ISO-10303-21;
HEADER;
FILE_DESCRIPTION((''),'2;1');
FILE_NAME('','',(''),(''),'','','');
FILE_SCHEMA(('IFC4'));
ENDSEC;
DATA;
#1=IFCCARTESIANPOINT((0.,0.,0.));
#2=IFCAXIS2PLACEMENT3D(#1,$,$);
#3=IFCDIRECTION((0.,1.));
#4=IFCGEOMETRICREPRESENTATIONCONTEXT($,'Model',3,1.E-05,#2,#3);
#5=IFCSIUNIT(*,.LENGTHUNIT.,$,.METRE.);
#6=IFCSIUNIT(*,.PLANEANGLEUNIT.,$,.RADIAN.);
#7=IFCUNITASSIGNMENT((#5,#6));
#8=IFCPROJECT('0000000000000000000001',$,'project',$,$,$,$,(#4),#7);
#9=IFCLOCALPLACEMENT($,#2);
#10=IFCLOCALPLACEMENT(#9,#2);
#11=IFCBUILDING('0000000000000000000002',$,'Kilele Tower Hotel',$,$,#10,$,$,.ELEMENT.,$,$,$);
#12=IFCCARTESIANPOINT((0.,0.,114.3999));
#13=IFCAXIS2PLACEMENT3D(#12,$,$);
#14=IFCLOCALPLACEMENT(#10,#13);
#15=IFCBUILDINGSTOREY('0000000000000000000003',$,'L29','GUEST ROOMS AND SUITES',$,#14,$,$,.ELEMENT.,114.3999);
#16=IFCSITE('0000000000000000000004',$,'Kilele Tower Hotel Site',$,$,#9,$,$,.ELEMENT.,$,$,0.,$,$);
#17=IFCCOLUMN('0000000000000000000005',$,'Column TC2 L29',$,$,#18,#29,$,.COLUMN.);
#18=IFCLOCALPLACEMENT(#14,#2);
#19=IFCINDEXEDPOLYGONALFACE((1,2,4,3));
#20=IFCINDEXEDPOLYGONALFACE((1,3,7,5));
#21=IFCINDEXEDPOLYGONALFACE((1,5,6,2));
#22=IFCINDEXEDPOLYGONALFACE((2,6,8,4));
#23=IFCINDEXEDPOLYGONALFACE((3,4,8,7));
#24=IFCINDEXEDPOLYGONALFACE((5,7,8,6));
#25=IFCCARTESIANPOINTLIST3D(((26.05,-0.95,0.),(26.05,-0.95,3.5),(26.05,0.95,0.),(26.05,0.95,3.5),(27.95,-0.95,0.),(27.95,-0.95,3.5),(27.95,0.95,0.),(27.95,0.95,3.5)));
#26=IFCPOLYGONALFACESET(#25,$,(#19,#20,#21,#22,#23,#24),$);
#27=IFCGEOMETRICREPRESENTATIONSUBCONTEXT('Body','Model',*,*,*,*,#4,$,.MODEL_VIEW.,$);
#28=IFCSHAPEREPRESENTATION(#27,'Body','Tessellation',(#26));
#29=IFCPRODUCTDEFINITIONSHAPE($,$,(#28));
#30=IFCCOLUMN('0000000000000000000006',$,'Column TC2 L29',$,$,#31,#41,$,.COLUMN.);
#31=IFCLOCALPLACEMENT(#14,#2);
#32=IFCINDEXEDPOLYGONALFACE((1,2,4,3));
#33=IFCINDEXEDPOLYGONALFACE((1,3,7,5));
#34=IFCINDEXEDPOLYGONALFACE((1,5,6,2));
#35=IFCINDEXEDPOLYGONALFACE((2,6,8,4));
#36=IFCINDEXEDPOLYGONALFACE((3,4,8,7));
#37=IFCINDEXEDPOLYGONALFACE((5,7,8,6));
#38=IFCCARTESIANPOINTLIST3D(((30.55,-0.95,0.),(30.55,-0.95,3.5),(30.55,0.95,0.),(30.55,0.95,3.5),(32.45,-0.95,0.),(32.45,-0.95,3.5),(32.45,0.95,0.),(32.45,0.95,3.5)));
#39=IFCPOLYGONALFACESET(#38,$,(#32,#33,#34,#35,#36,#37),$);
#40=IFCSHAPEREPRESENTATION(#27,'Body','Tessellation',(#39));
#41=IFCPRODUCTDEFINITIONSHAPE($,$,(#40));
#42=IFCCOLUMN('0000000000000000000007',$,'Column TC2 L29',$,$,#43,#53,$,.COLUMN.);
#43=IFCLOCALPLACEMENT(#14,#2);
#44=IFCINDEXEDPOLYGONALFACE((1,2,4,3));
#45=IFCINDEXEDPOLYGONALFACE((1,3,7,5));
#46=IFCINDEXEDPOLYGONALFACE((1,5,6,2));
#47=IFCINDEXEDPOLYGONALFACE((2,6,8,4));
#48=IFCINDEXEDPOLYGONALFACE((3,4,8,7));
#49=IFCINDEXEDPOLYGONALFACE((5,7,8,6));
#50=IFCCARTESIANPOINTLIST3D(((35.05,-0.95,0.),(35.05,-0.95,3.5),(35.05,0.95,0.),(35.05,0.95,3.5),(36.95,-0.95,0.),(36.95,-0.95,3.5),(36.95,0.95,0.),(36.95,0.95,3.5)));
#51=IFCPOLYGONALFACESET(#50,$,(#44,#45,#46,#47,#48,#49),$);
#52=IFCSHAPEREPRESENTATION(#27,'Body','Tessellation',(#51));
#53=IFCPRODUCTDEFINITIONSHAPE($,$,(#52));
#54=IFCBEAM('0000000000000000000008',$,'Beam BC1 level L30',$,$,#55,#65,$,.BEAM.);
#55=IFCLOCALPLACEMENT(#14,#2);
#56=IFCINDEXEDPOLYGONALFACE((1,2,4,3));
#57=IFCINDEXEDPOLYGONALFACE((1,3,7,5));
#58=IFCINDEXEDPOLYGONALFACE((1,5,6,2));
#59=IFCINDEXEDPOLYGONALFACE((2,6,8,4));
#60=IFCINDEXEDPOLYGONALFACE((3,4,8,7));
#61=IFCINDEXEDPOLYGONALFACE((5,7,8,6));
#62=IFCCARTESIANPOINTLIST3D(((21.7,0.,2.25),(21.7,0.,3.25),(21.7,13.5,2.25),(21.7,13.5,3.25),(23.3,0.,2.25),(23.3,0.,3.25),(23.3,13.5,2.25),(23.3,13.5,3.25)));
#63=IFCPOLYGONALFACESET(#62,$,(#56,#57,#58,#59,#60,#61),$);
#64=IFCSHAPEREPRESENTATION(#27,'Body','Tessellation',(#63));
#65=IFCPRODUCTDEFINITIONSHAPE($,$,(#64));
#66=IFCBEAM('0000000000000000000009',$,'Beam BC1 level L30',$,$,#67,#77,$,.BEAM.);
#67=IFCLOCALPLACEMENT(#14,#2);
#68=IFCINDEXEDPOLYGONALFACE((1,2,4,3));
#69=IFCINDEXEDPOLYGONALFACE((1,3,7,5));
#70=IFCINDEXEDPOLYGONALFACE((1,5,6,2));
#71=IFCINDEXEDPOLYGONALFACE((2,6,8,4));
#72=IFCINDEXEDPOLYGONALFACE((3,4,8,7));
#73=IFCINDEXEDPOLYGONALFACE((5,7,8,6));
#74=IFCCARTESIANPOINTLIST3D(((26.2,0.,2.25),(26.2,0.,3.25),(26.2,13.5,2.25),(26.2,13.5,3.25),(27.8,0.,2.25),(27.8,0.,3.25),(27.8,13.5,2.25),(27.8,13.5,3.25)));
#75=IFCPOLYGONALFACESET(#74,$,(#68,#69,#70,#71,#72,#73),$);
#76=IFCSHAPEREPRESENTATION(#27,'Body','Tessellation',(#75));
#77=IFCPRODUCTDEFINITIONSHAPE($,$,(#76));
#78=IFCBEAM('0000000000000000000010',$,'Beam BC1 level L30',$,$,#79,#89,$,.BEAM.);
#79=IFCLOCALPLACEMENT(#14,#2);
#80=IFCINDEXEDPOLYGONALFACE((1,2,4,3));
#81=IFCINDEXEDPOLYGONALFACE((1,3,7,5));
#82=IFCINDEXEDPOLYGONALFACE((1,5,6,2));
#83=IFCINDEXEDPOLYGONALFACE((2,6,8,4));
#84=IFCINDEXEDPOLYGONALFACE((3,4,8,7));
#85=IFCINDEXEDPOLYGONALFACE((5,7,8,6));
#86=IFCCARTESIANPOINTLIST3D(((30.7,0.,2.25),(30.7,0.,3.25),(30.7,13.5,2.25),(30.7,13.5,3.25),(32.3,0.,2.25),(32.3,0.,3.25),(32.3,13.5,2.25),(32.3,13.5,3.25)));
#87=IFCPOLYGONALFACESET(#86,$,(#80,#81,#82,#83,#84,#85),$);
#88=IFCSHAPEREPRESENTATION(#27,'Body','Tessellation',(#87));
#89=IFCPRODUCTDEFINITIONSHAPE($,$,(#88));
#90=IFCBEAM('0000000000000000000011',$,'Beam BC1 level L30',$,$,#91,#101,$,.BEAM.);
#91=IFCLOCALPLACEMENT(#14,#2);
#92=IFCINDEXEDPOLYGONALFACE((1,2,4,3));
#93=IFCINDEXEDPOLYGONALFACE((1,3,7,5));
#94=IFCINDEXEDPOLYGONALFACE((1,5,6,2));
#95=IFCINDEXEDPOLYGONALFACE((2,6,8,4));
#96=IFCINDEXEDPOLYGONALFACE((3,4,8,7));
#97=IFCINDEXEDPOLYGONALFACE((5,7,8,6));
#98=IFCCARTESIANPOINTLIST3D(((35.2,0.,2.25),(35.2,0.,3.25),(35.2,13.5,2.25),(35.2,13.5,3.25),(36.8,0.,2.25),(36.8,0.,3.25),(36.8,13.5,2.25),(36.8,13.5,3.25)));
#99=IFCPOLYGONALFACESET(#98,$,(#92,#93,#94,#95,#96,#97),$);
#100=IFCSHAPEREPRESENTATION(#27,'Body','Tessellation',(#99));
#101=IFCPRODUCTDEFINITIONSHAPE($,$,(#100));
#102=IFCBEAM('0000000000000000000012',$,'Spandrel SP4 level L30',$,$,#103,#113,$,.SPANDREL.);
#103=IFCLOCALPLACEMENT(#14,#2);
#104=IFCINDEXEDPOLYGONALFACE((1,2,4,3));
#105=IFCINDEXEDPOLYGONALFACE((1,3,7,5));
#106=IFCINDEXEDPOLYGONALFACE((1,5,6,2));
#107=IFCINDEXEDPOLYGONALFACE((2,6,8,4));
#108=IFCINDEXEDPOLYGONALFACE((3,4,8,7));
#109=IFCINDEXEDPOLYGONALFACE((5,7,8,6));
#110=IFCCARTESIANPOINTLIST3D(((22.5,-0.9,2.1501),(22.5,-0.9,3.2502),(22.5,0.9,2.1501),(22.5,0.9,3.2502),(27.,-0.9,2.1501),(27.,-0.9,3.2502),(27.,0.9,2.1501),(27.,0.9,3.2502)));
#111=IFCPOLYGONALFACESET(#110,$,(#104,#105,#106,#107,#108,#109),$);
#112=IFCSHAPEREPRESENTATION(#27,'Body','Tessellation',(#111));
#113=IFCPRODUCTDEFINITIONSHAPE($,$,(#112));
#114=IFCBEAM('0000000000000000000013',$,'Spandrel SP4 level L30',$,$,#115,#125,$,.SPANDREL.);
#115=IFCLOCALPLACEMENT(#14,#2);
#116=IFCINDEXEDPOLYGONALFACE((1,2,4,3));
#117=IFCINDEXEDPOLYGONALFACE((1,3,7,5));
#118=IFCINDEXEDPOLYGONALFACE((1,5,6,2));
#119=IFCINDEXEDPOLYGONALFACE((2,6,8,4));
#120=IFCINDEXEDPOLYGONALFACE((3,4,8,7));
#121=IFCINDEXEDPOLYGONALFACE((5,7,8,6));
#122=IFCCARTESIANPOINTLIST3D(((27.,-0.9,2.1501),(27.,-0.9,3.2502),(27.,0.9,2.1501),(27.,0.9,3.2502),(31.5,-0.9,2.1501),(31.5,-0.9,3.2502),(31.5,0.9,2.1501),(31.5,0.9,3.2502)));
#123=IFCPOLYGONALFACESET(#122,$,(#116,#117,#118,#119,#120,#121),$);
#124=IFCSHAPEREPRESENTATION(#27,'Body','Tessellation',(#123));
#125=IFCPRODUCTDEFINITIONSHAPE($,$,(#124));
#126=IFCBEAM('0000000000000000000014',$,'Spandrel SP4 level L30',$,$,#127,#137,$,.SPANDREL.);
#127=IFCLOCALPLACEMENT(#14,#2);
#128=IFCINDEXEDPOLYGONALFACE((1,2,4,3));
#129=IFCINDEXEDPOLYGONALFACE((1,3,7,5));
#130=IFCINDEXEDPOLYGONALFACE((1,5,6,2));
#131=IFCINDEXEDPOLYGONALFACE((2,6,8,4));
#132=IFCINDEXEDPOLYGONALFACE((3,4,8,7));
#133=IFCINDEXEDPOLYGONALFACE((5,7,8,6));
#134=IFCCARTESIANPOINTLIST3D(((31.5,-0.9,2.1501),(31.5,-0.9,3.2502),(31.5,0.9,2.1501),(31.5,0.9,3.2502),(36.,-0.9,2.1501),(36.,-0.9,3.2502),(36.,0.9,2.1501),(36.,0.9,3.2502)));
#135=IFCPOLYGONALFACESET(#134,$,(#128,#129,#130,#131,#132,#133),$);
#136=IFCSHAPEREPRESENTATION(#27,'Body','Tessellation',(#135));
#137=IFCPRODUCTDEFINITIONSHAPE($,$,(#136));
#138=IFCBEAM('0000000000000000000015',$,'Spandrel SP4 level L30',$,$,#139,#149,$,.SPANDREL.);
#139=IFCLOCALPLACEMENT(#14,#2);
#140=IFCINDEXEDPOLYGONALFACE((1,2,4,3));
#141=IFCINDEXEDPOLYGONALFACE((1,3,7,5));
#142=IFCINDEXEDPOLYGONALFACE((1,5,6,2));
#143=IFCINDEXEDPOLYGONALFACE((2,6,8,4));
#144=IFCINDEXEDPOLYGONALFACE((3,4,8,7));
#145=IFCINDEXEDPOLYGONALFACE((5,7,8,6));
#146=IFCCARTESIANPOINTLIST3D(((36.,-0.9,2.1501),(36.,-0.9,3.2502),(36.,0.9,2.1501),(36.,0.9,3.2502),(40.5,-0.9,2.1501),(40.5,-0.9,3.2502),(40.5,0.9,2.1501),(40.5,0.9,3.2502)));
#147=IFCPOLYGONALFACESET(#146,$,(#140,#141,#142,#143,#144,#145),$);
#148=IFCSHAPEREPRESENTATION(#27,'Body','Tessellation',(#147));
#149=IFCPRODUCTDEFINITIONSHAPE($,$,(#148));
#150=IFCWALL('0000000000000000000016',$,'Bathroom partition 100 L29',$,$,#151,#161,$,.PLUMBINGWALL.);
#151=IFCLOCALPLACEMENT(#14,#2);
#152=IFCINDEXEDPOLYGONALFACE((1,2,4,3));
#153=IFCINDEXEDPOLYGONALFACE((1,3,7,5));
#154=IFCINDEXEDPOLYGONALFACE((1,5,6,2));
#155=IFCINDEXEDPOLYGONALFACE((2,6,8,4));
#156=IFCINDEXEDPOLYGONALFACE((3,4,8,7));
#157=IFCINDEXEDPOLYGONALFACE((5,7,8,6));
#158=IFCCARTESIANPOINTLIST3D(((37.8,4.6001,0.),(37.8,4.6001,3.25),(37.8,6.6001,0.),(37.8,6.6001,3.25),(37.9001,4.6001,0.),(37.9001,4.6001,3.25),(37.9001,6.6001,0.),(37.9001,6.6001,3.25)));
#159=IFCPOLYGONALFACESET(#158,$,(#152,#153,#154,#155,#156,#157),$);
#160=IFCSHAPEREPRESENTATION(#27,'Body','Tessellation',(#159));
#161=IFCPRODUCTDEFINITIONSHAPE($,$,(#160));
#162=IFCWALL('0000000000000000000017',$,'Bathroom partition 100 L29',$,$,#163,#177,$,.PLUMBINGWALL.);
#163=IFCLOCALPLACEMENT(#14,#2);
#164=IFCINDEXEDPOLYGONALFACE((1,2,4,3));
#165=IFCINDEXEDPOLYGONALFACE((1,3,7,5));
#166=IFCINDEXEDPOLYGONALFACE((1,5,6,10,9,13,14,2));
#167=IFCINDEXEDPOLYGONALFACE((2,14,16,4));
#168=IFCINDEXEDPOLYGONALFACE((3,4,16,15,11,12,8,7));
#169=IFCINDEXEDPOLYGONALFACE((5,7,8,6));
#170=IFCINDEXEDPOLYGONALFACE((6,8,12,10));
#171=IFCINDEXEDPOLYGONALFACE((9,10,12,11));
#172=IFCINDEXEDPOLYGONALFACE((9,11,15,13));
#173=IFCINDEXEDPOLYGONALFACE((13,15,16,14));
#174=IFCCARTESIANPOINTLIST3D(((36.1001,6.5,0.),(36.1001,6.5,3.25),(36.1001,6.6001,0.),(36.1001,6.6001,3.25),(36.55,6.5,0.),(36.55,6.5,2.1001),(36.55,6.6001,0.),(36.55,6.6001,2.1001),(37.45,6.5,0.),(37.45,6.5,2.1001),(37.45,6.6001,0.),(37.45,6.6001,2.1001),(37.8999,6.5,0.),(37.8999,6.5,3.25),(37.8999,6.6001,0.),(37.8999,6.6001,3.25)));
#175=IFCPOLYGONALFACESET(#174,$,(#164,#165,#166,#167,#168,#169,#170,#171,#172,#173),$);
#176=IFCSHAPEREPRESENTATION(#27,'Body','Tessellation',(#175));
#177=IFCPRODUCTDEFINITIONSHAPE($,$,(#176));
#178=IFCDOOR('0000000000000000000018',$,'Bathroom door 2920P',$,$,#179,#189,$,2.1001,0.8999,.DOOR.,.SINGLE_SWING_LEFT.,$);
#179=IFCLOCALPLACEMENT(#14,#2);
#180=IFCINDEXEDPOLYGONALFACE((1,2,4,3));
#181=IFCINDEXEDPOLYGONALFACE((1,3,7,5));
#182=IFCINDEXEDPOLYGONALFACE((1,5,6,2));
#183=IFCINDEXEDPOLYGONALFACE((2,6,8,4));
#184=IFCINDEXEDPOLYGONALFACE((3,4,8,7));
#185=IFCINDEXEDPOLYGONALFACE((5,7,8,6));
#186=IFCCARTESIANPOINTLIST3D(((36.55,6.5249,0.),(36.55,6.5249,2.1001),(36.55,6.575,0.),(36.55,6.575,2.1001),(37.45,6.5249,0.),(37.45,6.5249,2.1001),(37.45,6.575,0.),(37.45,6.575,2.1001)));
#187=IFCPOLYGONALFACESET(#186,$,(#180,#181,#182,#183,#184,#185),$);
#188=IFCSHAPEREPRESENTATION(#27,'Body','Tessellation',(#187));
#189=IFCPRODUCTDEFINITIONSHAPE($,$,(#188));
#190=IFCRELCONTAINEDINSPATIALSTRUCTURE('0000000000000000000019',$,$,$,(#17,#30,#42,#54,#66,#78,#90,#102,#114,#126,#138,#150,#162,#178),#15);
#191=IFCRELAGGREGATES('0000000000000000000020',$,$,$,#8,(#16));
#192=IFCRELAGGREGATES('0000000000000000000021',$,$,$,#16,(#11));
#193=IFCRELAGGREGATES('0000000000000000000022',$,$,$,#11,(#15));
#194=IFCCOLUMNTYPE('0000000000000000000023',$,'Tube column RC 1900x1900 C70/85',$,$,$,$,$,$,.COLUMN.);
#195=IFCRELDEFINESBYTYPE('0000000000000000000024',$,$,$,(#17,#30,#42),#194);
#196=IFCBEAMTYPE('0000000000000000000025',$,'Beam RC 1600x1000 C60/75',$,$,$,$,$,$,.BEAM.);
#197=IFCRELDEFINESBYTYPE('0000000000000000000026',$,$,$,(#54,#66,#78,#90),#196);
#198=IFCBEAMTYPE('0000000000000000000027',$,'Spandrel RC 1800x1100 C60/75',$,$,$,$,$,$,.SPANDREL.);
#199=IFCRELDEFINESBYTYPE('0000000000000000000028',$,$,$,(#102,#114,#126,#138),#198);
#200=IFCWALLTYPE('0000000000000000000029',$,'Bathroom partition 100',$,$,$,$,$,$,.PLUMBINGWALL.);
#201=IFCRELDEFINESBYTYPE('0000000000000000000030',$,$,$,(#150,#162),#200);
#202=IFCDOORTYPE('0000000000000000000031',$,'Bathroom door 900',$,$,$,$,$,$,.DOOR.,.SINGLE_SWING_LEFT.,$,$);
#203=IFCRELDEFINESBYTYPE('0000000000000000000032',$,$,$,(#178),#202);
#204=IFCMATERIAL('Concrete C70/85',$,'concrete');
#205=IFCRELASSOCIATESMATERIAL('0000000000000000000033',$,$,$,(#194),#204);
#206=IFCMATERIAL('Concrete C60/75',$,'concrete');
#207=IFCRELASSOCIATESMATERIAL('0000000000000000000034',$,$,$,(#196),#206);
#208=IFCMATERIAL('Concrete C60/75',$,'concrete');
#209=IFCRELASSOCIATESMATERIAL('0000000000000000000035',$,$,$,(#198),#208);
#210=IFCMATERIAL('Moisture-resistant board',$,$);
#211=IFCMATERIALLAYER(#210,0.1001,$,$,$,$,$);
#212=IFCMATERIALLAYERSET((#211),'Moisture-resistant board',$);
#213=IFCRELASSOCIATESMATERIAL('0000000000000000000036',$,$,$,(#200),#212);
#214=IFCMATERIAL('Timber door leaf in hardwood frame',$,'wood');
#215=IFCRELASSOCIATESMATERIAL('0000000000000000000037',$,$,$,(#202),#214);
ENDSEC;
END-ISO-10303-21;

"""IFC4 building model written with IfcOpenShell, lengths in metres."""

from ifc_helpers import new_model, si_unit, direction, frame, frame_2d, origin, origin_2d, place, context, subcontext, project, spatial, rectangle, extrude, material, layer, layer_set, material_profile, profile_set, type_object, element, fill, save


model = new_model("IFC4")

# Units and contexts
model_context = context("Model", 3, precision=1e-05, world=origin(), true_north=direction((0.0, 1.0)))
body_context = subcontext(model_context, "Body", "Model", "MODEL_VIEW")
ifc_project = project(units=[si_unit("LENGTHUNIT", "METRE"), si_unit("PLANEANGLEUNIT", "RADIAN")], contexts=[model_context])

# Site, building, storey
site_placement = place(None, origin())
site = spatial("IfcSite", under=ifc_project, at=site_placement, Name="Kilele Tower Hotel Site", CompositionType="ELEMENT", RefElevation=0.0)
building_placement = place(site_placement, origin())
building = spatial("IfcBuilding", under=site, at=building_placement, Name="Kilele Tower Hotel", CompositionType="ELEMENT")
storey_placement = place(building_placement, frame((0.0, 0.0, 114.3999)))
storey = spatial("IfcBuildingStorey", under=building, at=storey_placement, Name="L29", Description="GUEST ROOMS AND SUITES", CompositionType="ELEMENT", Elevation=114.3999)

# Columns
ifc_material_1 = material(Name="Concrete C70/85", Category="concrete")
ifc_material_profile_1 = material_profile(ifc_material_1, rectangle(XDim=1.8999, YDim=1.8999, at=origin_2d()))
ifc_profile_set_1 = profile_set([ifc_material_profile_1], Name="Concrete C70/85")
column_type = type_object("IfcColumnType", Name="Tube column RC 1900x1900 C70/85", PredefinedType="COLUMN", material=ifc_profile_set_1)
for number, where, z_axis, x_axis, name in (
    (1, (27.0, 0.0, 0.0), (0.0, 0.0, 1.0), (1.0, 0.0, 0.0), "Column TC2 L29"),
    (2, (31.5, 0.0, 0.0), (0.0, 0.0, 1.0), (1.0, 0.0, 0.0), "Column TC2 L29"),
    (3, (36.0, 0.0, 0.0), (0.0, 0.0, 1.0), (1.0, 0.0, 0.0), "Column TC2 L29"),
):
    element("IfcColumn", number, at=place(storey_placement, frame(where, z_axis=z_axis, x_axis=x_axis)), inside=storey, type_object=column_type, Name=name, PredefinedType="COLUMN", context=body_context, shape_type="SweptSolid", body=[
        extrude(rectangle(XDim=1.8999, YDim=1.8999, at=origin_2d()), origin(), (0.0, 0.0, 1.0), 3.5),
    ])

# Beams
ifc_material_2 = material(Name="Concrete C60/75", Category="concrete")
ifc_material_profile_2 = material_profile(ifc_material_2, rectangle(XDim=1.6001, YDim=1.0, at=origin_2d()))
ifc_profile_set_2 = profile_set([ifc_material_profile_2], Name="Concrete C60/75")
beam_type_1 = type_object("IfcBeamType", Name="Beam RC 1600x1000 C60/75", PredefinedType="BEAM", material=ifc_profile_set_2)
for number, where, z_axis, x_axis, name in (
    (4, (22.5, 0.0, 2.75), (0.0, 1.0, 0.0), (-1.0, 0.0, 0.0), "Beam BC1 level L30"),
    (5, (27.0, 0.0, 2.75), (0.0, 1.0, 0.0), (-1.0, 0.0, 0.0), "Beam BC1 level L30"),
    (6, (31.5, 0.0, 2.75), (0.0, 1.0, 0.0), (-1.0, 0.0, 0.0), "Beam BC1 level L30"),
    (7, (36.0, 0.0, 2.75), (0.0, 1.0, 0.0), (-1.0, 0.0, 0.0), "Beam BC1 level L30"),
):
    element("IfcBeam", number, at=place(storey_placement, frame(where, z_axis=z_axis, x_axis=x_axis)), inside=storey, type_object=beam_type_1, Name=name, PredefinedType="BEAM", context=body_context, shape_type="SweptSolid", body=[
        extrude(rectangle(XDim=1.6001, YDim=1.0, at=origin_2d()), origin(), (0.0, 0.0, 1.0), 13.5),
    ])
ifc_material_3 = material(Name="Concrete C60/75", Category="concrete")
ifc_material_profile_3 = material_profile(ifc_material_3, rectangle(XDim=1.8, YDim=1.1001, at=origin_2d()))
ifc_profile_set_3 = profile_set([ifc_material_profile_3], Name="Concrete C60/75")
beam_type_2 = type_object("IfcBeamType", Name="Spandrel RC 1800x1100 C60/75", PredefinedType="SPANDREL", material=ifc_profile_set_3)
for number, where, z_axis, x_axis, name in (
    (8, (22.5, 0.0, 2.7002), (1.0, 0.0, 0.0), (0.0, 1.0, 0.0), "Spandrel SP4 level L30"),
    (9, (27.0, 0.0, 2.7002), (1.0, 0.0, 0.0), (0.0, 1.0, 0.0), "Spandrel SP4 level L30"),
    (10, (31.5, 0.0, 2.7002), (1.0, 0.0, 0.0), (0.0, 1.0, 0.0), "Spandrel SP4 level L30"),
    (11, (36.0, 0.0, 2.7002), (1.0, 0.0, 0.0), (0.0, 1.0, 0.0), "Spandrel SP4 level L30"),
):
    element("IfcBeam", number, at=place(storey_placement, frame(where, z_axis=z_axis, x_axis=x_axis)), inside=storey, type_object=beam_type_2, Name=name, PredefinedType="SPANDREL", context=body_context, shape_type="SweptSolid", body=[
        extrude(rectangle(XDim=1.8, YDim=1.1001, at=origin_2d()), origin(), (0.0, 0.0, 1.0), 4.5),
    ])

# Wall
ifc_material_4 = material(Name="Moisture-resistant board")
ifc_layer_1 = layer(ifc_material_4, 0.1001)
ifc_layer_set_1 = layer_set([ifc_layer_1], Name="Moisture-resistant board")
wall_type_1 = type_object("IfcWallType", Name="Bathroom partition 100", PredefinedType="PLUMBINGWALL", material=ifc_layer_set_1)
wall_1_placement = place(storey_placement, frame((37.8501, 4.6001, 0.0), z_axis=(0.0, 0.0, 1.0), x_axis=(0.0, 1.0, 0.0)))
element("IfcWall", 12, at=wall_1_placement, inside=storey, type_object=wall_type_1, Name="Bathroom partition 100 L29", PredefinedType="PLUMBINGWALL", context=body_context, shape_type="SweptSolid", body=[
    extrude(rectangle(XDim=2.0, YDim=0.1001, at=frame_2d((1.0, 0.0))), origin(), (0.0, 0.0, 1.0), 3.25),
])

# Wall, opening, door
wall_2_placement = place(storey_placement, frame((36.1001, 6.55, 0.0), z_axis=(0.0, 0.0, 1.0), x_axis=(1.0, 0.0, 0.0)))
wall_2 = element("IfcWall", 13, at=wall_2_placement, inside=storey, type_object=wall_type_1, Name="Bathroom partition 100 L29", PredefinedType="PLUMBINGWALL", context=body_context, shape_type="SweptSolid", body=[
    extrude(rectangle(XDim=1.7998, YDim=0.1001, at=frame_2d((0.8999, 0.0))), origin(), (0.0, 0.0, 1.0), 3.25),
])
opening_1_placement = place(wall_2_placement, frame((0.45, 0.0, 0.0)))
opening_1 = element("IfcOpeningElement", 14, at=opening_1_placement, cuts=wall_2, PredefinedType="OPENING", context=body_context, shape_type="SweptSolid", body=[
    extrude(rectangle(XDim=0.8999, YDim=2.1001, at=frame_2d((0.45, 1.05))), frame((0.0, 0.0601, 0.0), z_axis=(0.0, -1.0, 0.0), x_axis=(1.0, 0.0, 0.0)), (0.0, 0.0, 1.0), 0.1201),
])
ifc_material_5 = material(Name="Timber door leaf in hardwood frame", Category="wood")
door_type_1 = type_object("IfcDoorType", Name="Bathroom door 900", OperationType="SINGLE_SWING_LEFT", PredefinedType="DOOR", material=ifc_material_5)
door_1_placement = place(opening_1_placement, origin())
door_1 = element("IfcDoor", 15, at=door_1_placement, inside=storey, type_object=door_type_1, Name="Bathroom door 2920P", OperationType="SINGLE_SWING_LEFT", OverallHeight=2.1001, OverallWidth=0.8999, PredefinedType="DOOR", context=body_context, shape_type="SweptSolid", body=[
    extrude(rectangle(XDim=0.8999, YDim=2.1001, at=frame_2d((0.45, 1.05))), frame((0.0, 0.0249, 0.0), z_axis=(0.0, -1.0, 0.0), x_axis=(1.0, 0.0, 0.0)), (0.0, 0.0, 1.0), 0.05),
])
fill(opening_1, door_1)

save(model, "model.ifc")
